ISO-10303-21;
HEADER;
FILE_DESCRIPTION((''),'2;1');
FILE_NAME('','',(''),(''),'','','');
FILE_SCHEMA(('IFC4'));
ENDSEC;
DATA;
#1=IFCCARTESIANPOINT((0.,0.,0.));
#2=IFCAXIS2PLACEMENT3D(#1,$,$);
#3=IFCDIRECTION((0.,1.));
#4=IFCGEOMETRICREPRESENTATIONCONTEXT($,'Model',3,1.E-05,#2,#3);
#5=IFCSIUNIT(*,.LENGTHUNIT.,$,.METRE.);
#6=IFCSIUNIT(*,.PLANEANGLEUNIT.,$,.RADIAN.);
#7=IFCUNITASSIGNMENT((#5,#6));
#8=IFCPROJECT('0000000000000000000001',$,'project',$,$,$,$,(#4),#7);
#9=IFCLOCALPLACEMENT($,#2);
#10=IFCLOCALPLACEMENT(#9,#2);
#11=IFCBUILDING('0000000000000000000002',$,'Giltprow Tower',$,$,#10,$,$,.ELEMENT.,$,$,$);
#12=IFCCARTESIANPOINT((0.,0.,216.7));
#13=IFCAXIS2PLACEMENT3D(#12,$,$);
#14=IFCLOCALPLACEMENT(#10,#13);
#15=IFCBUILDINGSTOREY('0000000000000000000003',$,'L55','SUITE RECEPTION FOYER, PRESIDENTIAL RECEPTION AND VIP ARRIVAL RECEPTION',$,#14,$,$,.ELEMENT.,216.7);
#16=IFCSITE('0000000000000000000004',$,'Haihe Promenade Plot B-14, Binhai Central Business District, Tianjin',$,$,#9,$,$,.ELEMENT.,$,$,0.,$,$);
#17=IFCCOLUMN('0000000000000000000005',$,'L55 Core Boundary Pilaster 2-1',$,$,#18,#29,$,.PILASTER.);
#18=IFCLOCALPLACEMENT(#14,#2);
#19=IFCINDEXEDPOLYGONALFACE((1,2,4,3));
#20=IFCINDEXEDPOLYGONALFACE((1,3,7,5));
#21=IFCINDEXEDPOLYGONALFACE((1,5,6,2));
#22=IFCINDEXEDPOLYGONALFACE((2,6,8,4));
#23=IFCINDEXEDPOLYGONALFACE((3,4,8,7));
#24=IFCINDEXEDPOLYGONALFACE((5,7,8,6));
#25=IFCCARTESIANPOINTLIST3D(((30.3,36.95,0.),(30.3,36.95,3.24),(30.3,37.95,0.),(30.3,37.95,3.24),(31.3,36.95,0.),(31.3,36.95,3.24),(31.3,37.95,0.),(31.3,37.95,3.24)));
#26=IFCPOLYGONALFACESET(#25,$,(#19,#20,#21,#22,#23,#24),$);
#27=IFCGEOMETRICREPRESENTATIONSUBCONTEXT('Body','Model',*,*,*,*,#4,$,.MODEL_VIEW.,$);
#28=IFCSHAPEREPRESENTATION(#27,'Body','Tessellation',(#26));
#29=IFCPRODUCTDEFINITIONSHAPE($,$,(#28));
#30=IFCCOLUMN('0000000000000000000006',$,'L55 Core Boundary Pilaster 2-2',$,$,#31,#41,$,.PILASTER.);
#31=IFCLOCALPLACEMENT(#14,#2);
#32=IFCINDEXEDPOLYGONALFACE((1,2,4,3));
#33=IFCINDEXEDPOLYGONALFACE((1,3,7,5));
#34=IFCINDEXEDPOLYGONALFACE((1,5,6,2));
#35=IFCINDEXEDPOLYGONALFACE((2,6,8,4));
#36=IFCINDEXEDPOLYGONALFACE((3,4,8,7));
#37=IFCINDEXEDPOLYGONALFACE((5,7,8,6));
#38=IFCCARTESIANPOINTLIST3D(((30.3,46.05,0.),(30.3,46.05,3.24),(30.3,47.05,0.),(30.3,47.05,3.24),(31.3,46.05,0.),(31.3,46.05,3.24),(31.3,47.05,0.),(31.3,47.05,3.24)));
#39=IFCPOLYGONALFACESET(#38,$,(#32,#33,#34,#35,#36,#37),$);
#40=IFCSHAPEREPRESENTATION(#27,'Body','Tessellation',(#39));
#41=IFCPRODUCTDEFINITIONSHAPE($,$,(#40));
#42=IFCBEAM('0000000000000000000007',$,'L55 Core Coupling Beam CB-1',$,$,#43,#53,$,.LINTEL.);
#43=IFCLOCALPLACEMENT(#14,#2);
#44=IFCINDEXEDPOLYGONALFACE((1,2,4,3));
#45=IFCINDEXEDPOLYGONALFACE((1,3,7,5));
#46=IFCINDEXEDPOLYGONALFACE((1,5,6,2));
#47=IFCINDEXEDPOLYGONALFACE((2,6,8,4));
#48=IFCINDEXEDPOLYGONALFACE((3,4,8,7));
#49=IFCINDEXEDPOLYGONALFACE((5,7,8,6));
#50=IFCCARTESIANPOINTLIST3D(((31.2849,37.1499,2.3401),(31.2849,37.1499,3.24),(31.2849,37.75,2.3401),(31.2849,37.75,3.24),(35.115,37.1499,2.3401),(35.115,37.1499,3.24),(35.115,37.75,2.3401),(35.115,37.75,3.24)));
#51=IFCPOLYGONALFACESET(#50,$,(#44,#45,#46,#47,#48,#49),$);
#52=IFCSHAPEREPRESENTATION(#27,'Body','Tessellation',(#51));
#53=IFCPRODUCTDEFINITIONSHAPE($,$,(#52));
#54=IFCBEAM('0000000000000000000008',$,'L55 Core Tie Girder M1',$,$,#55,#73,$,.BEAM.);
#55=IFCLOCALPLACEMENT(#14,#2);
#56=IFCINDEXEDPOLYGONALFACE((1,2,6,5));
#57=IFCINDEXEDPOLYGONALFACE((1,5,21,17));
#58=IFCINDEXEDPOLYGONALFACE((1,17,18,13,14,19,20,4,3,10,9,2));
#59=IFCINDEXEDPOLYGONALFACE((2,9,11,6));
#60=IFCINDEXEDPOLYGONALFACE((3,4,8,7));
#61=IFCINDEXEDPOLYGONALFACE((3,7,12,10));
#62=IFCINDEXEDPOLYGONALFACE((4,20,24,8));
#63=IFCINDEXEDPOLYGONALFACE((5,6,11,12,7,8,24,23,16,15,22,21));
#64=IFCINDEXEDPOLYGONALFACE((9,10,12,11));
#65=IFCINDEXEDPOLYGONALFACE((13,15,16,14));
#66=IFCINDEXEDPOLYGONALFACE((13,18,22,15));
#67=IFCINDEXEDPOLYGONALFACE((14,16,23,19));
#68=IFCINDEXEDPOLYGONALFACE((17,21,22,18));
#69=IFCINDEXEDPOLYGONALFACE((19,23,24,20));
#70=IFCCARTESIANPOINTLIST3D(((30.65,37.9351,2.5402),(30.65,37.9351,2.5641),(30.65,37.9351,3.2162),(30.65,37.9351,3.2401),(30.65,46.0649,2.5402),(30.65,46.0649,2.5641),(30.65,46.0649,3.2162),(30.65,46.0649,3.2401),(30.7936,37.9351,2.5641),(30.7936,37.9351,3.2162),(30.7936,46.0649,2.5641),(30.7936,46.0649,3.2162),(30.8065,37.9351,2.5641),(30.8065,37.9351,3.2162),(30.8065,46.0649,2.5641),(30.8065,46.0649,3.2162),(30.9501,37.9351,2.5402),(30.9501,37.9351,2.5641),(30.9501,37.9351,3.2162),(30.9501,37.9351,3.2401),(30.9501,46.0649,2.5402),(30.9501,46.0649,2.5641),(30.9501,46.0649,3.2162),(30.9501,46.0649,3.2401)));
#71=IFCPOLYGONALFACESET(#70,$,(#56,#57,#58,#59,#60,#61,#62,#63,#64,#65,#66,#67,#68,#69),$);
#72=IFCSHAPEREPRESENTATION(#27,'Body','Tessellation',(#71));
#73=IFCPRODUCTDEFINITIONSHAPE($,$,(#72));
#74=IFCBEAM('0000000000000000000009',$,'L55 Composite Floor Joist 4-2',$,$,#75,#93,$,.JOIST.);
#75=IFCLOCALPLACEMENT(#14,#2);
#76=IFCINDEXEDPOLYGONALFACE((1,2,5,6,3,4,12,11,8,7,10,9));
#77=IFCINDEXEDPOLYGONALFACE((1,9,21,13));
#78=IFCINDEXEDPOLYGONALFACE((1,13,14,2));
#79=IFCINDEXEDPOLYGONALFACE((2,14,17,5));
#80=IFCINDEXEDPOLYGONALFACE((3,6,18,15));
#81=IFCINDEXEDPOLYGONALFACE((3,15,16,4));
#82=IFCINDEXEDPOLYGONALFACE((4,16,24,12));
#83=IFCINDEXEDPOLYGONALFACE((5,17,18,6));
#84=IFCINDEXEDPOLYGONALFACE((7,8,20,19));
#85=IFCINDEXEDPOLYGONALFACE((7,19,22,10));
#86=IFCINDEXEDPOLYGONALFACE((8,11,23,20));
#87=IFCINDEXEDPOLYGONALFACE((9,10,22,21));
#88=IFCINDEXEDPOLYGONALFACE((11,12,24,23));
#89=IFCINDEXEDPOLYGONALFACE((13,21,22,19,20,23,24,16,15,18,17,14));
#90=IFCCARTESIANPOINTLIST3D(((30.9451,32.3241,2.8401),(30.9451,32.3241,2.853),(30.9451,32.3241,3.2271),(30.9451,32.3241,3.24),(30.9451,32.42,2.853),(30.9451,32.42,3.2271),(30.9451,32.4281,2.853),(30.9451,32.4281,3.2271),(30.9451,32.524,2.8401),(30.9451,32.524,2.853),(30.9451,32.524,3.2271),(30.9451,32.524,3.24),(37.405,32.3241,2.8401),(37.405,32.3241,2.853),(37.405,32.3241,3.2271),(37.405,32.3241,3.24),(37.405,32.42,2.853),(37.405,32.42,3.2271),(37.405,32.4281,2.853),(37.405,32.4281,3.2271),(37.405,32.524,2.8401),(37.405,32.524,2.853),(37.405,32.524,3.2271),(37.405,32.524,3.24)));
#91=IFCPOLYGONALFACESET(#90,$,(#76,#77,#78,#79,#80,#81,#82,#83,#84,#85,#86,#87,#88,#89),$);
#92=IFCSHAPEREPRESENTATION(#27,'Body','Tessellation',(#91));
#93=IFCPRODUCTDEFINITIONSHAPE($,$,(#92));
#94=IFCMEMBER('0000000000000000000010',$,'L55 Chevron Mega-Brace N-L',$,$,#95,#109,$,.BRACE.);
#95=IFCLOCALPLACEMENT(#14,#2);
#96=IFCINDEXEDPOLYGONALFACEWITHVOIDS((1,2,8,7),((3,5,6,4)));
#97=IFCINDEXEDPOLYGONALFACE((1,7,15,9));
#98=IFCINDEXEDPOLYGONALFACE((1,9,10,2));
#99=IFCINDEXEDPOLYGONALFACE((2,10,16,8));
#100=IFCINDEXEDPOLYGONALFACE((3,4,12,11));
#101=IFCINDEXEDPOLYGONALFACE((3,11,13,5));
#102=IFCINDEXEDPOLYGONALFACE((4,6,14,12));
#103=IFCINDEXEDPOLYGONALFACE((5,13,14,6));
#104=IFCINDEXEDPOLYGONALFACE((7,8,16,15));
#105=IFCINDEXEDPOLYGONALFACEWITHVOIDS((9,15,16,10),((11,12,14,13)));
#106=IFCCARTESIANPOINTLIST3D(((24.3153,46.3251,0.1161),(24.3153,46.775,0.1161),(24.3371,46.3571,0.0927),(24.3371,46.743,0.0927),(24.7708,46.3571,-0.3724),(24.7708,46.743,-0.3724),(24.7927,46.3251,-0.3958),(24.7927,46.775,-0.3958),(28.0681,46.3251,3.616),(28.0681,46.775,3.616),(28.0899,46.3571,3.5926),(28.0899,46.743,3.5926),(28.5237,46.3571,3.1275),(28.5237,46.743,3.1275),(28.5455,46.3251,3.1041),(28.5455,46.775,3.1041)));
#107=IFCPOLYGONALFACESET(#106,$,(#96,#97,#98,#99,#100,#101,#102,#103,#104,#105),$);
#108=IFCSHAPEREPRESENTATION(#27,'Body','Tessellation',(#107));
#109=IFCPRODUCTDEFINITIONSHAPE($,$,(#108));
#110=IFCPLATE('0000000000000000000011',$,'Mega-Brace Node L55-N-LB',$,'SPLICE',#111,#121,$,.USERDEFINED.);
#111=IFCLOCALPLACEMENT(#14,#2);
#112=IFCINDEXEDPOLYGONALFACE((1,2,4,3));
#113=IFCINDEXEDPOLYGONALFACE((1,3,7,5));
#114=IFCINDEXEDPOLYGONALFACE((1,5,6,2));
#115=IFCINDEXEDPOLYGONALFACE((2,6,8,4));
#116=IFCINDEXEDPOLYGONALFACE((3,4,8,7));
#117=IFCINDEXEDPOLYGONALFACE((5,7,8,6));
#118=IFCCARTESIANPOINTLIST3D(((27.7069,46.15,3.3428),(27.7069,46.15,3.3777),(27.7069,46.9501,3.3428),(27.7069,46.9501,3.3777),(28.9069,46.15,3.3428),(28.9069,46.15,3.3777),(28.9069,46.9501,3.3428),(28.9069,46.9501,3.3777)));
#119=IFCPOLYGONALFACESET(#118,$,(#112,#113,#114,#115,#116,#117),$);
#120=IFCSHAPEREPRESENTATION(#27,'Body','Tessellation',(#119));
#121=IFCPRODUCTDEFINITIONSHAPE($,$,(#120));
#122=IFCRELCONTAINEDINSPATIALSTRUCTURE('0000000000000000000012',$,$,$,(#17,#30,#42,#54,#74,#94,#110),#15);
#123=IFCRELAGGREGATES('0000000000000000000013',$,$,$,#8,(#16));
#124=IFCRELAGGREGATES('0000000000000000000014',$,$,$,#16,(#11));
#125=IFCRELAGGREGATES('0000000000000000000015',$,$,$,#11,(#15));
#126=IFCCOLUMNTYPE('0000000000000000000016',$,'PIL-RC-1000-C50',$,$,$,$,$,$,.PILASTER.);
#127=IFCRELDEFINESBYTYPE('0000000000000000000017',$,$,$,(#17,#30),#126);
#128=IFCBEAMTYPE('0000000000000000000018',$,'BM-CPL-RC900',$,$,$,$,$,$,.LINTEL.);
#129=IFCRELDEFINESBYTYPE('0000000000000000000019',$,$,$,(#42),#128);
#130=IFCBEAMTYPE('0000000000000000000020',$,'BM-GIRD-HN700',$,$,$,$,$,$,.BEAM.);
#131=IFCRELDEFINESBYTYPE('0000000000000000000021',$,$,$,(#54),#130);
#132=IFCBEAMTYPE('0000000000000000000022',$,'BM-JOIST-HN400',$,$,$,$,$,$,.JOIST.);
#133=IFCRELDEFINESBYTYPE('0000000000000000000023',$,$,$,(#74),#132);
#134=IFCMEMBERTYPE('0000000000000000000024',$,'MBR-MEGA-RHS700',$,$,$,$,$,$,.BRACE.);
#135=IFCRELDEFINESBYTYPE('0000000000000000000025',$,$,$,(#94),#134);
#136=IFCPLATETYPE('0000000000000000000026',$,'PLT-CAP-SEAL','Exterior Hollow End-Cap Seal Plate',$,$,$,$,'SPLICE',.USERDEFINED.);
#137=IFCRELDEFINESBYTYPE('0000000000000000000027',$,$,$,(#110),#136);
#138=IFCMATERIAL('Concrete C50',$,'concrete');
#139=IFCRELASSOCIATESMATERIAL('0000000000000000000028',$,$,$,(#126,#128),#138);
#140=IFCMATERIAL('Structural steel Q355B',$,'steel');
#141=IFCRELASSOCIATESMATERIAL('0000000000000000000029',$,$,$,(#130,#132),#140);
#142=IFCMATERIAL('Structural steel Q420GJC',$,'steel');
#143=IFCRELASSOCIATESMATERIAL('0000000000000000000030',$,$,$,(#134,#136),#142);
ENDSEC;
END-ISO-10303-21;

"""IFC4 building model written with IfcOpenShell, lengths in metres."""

from ifc_helpers import new_model, si_unit, direction, frame, origin, origin_2d, place, context, subcontext, project, spatial, rectangle, hollow_rectangle, i_section, extrude, source, transform, mapped, material, material_profile, profile_set, type_object, element, save


model = new_model("IFC4")

# Units and contexts
model_context = context("Model", 3, precision=1e-05, world=origin(), true_north=direction((0.0, 1.0)))
body_context = subcontext(model_context, "Body", "Model", "MODEL_VIEW")
ifc_project = project(units=[si_unit("LENGTHUNIT", "METRE"), si_unit("PLANEANGLEUNIT", "RADIAN")], contexts=[model_context])

# Site, building, storey
site_placement = place(None, origin())
site = spatial("IfcSite", under=ifc_project, at=site_placement, Name="Haihe Promenade Plot B-14, Binhai Central Business District, Tianjin", CompositionType="ELEMENT", RefElevation=0.0)
building_placement = place(site_placement, origin())
building = spatial("IfcBuilding", under=site, at=building_placement, Name="Giltprow Tower", CompositionType="ELEMENT")
storey_placement = place(building_placement, frame((0.0, 0.0, 216.7)))
storey = spatial("IfcBuildingStorey", under=building, at=storey_placement, Name="L55", Description="SUITE RECEPTION FOYER, PRESIDENTIAL RECEPTION AND VIP ARRIVAL RECEPTION", CompositionType="ELEMENT", Elevation=216.7)

# Columns
ifc_material_1 = material(Name="Concrete C50", Category="concrete")
ifc_material_profile_1 = material_profile(ifc_material_1, rectangle(XDim=1.0, YDim=1.0, at=origin_2d()), Name="RC 1000x1000")
ifc_profile_set_1 = profile_set([ifc_material_profile_1], Name="Concrete C50")
column_type = type_object("IfcColumnType", Name="PIL-RC-1000-C50", PredefinedType="PILASTER", material=ifc_profile_set_1)
shared_shape_1 = source(origin(), body_context, "Body", "SweptSolid", [
    extrude(rectangle(XDim=1.0, YDim=1.0, at=origin_2d()), origin(), (0.0, 0.0, 1.0), 3.24),
])
for number, where, z_axis, x_axis, name in (
    (1, (30.8, 37.45, 0.0), (0.0, 0.0, 1.0), (1.0, 0.0, 0.0), "L55 Core Boundary Pilaster 2-1"),
    (2, (30.8, 46.55, 0.0), (0.0, 0.0, 1.0), (1.0, 0.0, 0.0), "L55 Core Boundary Pilaster 2-2"),
):
    element("IfcColumn", number, at=place(storey_placement, frame(where, z_axis=z_axis, x_axis=x_axis)), inside=storey, type_object=column_type, Name=name, PredefinedType="PILASTER", context=body_context, shape_type="MappedRepresentation", body=[
        mapped(shared_shape_1, transform((0.0, 0.0, 0.0), x_axis=(1.0, 0.0, 0.0), y_axis=(0.0, 1.0, 0.0), z_axis=(0.0, 0.0, 1.0), scale=1.0)),
    ])

# Beams
ifc_material_profile_2 = material_profile(ifc_material_1, rectangle(XDim=0.6001, YDim=0.8999, at=origin_2d()), Name="RC 900x600")
ifc_profile_set_2 = profile_set([ifc_material_profile_2], Name="Concrete C50")
beam_type_1 = type_object("IfcBeamType", Name="BM-CPL-RC900", PredefinedType="LINTEL", material=ifc_profile_set_2)
shared_shape_2 = source(origin(), body_context, "Body", "SweptSolid", [
    extrude(rectangle(XDim=0.6001, YDim=0.8999, at=origin_2d()), origin(), (0.0, 0.0, 1.0), 3.8301),
])
beam_1_placement = place(storey_placement, frame((31.2849, 37.45, 2.79), z_axis=(1.0, 0.0, 0.0), x_axis=(0.0, 1.0, 0.0)))
element("IfcBeam", 3, at=beam_1_placement, inside=storey, type_object=beam_type_1, Name="L55 Core Coupling Beam CB-1", PredefinedType="LINTEL", context=body_context, shape_type="MappedRepresentation", body=[
    mapped(shared_shape_2, transform((0.0, 0.0, 0.0), x_axis=(1.0, 0.0, 0.0), y_axis=(0.0, 1.0, 0.0), z_axis=(0.0, 0.0, 1.0), scale=1.0)),
])
ifc_material_2 = material(Name="Structural steel Q355B", Category="steel")
ifc_material_profile_3 = material_profile(ifc_material_2, i_section(OverallWidth=0.3, OverallDepth=0.7, WebThickness=0.0129, FlangeThickness=0.0239, at=origin_2d()), Name="HN 700x300x13x24")
ifc_profile_set_3 = profile_set([ifc_material_profile_3], Name="Structural steel Q355B")
beam_type_2 = type_object("IfcBeamType", Name="BM-GIRD-HN700", PredefinedType="BEAM", material=ifc_profile_set_3)
shared_shape_3 = source(origin(), body_context, "Body", "SweptSolid", [
    extrude(i_section(OverallWidth=0.3, OverallDepth=0.7, WebThickness=0.0129, FlangeThickness=0.0239, at=origin_2d()), origin(), (0.0, 0.0, 1.0), 8.1299),
])
beam_2_placement = place(storey_placement, frame((30.8, 37.9351, 2.8901), z_axis=(0.0, 1.0, 0.0), x_axis=(-1.0, 0.0, 0.0)))
element("IfcBeam", 4, at=beam_2_placement, inside=storey, type_object=beam_type_2, Name="L55 Core Tie Girder M1", PredefinedType="BEAM", context=body_context, shape_type="MappedRepresentation", body=[
    mapped(shared_shape_3, transform((0.0, 0.0, 0.0), x_axis=(1.0, 0.0, 0.0), y_axis=(0.0, 1.0, 0.0), z_axis=(0.0, 0.0, 1.0), scale=1.0)),
])
ifc_material_profile_4 = material_profile(ifc_material_2, i_section(OverallWidth=0.2, OverallDepth=0.3999, WebThickness=0.0081, FlangeThickness=0.0129, at=origin_2d()), Name="HN 400x200x8x13")
ifc_profile_set_4 = profile_set([ifc_material_profile_4], Name="Structural steel Q355B")
beam_type_3 = type_object("IfcBeamType", Name="BM-JOIST-HN400", PredefinedType="JOIST", material=ifc_profile_set_4)
shared_shape_4 = source(origin(), body_context, "Body", "SweptSolid", [
    extrude(i_section(OverallWidth=0.2, OverallDepth=0.3999, WebThickness=0.0081, FlangeThickness=0.0129, at=origin_2d()), origin(), (0.0, 0.0, 1.0), 6.46),
])
beam_3_placement = place(storey_placement, frame((30.9451, 32.4241, 3.04), z_axis=(1.0, 0.0, 0.0), x_axis=(0.0, 1.0, 0.0)))
element("IfcBeam", 5, at=beam_3_placement, inside=storey, type_object=beam_type_3, Name="L55 Composite Floor Joist 4-2", PredefinedType="JOIST", context=body_context, shape_type="MappedRepresentation", body=[
    mapped(shared_shape_4, transform((0.0, 0.0, 0.0), x_axis=(1.0, 0.0, 0.0), y_axis=(0.0, 1.0, 0.0), z_axis=(0.0, 0.0, 1.0), scale=1.0)),
])

# Member
ifc_material_3 = material(Name="Structural steel Q420GJC", Category="steel")
ifc_material_profile_5 = material_profile(ifc_material_3, hollow_rectangle(XDim=0.45, YDim=0.7, WallThickness=0.032, at=origin_2d()), Name="RHS 700x450x32")
ifc_profile_set_5 = profile_set([ifc_material_profile_5], Name="Structural steel Q420GJC")
member_type = type_object("IfcMemberType", Name="MBR-MEGA-RHS700", PredefinedType="BRACE", material=ifc_profile_set_5)
shared_shape_5 = source(origin(), body_context, "Body", "SweptSolid", [
    extrude(hollow_rectangle(XDim=0.45, YDim=0.7, WallThickness=0.032, at=origin_2d()), origin(), (0.0, 0.0, 1.0), 5.1316),
])
member_placement = place(storey_placement, frame((24.554, 46.55, -0.1399), z_axis=(0.731321, 0.0, 0.682033), x_axis=(0.0, 1.0, 0.0)))
element("IfcMember", 6, at=member_placement, inside=storey, type_object=member_type, Name="L55 Chevron Mega-Brace N-L", PredefinedType="BRACE", context=body_context, shape_type="MappedRepresentation", body=[
    mapped(shared_shape_5, transform((0.0, 0.0, 0.0), x_axis=(1.0, 0.0, 0.0), y_axis=(0.0, 1.0, 0.0), z_axis=(0.0, 0.0, 1.0), scale=1.0)),
])

# Plate
plate_type = type_object("IfcPlateType", Name="PLT-CAP-SEAL", Description="Exterior Hollow End-Cap Seal Plate", ElementType="SPLICE", PredefinedType="USERDEFINED", material=ifc_material_3)
shared_shape_6 = source(origin(), body_context, "Body", "SweptSolid", [
    extrude(rectangle(XDim=1.2, YDim=0.8, at=origin_2d()), origin(), (0.0, 0.0, 1.0), 0.0349),
])
plate_placement = place(storey_placement, frame((28.3069, 46.55, 3.3428), z_axis=(0.0, 0.0, 1.0), x_axis=(1.0, 0.0, 0.0)))
element("IfcPlate", 7, at=plate_placement, inside=storey, type_object=plate_type, Name="Mega-Brace Node L55-N-LB", ObjectType="SPLICE", PredefinedType="USERDEFINED", context=body_context, shape_type="MappedRepresentation", body=[
    mapped(shared_shape_6, transform((0.0, 0.0, 0.0), x_axis=(1.0, 0.0, 0.0), y_axis=(0.0, 1.0, 0.0), z_axis=(0.0, 0.0, 1.0), scale=1.0)),
])

save(model, "model.ifc")
